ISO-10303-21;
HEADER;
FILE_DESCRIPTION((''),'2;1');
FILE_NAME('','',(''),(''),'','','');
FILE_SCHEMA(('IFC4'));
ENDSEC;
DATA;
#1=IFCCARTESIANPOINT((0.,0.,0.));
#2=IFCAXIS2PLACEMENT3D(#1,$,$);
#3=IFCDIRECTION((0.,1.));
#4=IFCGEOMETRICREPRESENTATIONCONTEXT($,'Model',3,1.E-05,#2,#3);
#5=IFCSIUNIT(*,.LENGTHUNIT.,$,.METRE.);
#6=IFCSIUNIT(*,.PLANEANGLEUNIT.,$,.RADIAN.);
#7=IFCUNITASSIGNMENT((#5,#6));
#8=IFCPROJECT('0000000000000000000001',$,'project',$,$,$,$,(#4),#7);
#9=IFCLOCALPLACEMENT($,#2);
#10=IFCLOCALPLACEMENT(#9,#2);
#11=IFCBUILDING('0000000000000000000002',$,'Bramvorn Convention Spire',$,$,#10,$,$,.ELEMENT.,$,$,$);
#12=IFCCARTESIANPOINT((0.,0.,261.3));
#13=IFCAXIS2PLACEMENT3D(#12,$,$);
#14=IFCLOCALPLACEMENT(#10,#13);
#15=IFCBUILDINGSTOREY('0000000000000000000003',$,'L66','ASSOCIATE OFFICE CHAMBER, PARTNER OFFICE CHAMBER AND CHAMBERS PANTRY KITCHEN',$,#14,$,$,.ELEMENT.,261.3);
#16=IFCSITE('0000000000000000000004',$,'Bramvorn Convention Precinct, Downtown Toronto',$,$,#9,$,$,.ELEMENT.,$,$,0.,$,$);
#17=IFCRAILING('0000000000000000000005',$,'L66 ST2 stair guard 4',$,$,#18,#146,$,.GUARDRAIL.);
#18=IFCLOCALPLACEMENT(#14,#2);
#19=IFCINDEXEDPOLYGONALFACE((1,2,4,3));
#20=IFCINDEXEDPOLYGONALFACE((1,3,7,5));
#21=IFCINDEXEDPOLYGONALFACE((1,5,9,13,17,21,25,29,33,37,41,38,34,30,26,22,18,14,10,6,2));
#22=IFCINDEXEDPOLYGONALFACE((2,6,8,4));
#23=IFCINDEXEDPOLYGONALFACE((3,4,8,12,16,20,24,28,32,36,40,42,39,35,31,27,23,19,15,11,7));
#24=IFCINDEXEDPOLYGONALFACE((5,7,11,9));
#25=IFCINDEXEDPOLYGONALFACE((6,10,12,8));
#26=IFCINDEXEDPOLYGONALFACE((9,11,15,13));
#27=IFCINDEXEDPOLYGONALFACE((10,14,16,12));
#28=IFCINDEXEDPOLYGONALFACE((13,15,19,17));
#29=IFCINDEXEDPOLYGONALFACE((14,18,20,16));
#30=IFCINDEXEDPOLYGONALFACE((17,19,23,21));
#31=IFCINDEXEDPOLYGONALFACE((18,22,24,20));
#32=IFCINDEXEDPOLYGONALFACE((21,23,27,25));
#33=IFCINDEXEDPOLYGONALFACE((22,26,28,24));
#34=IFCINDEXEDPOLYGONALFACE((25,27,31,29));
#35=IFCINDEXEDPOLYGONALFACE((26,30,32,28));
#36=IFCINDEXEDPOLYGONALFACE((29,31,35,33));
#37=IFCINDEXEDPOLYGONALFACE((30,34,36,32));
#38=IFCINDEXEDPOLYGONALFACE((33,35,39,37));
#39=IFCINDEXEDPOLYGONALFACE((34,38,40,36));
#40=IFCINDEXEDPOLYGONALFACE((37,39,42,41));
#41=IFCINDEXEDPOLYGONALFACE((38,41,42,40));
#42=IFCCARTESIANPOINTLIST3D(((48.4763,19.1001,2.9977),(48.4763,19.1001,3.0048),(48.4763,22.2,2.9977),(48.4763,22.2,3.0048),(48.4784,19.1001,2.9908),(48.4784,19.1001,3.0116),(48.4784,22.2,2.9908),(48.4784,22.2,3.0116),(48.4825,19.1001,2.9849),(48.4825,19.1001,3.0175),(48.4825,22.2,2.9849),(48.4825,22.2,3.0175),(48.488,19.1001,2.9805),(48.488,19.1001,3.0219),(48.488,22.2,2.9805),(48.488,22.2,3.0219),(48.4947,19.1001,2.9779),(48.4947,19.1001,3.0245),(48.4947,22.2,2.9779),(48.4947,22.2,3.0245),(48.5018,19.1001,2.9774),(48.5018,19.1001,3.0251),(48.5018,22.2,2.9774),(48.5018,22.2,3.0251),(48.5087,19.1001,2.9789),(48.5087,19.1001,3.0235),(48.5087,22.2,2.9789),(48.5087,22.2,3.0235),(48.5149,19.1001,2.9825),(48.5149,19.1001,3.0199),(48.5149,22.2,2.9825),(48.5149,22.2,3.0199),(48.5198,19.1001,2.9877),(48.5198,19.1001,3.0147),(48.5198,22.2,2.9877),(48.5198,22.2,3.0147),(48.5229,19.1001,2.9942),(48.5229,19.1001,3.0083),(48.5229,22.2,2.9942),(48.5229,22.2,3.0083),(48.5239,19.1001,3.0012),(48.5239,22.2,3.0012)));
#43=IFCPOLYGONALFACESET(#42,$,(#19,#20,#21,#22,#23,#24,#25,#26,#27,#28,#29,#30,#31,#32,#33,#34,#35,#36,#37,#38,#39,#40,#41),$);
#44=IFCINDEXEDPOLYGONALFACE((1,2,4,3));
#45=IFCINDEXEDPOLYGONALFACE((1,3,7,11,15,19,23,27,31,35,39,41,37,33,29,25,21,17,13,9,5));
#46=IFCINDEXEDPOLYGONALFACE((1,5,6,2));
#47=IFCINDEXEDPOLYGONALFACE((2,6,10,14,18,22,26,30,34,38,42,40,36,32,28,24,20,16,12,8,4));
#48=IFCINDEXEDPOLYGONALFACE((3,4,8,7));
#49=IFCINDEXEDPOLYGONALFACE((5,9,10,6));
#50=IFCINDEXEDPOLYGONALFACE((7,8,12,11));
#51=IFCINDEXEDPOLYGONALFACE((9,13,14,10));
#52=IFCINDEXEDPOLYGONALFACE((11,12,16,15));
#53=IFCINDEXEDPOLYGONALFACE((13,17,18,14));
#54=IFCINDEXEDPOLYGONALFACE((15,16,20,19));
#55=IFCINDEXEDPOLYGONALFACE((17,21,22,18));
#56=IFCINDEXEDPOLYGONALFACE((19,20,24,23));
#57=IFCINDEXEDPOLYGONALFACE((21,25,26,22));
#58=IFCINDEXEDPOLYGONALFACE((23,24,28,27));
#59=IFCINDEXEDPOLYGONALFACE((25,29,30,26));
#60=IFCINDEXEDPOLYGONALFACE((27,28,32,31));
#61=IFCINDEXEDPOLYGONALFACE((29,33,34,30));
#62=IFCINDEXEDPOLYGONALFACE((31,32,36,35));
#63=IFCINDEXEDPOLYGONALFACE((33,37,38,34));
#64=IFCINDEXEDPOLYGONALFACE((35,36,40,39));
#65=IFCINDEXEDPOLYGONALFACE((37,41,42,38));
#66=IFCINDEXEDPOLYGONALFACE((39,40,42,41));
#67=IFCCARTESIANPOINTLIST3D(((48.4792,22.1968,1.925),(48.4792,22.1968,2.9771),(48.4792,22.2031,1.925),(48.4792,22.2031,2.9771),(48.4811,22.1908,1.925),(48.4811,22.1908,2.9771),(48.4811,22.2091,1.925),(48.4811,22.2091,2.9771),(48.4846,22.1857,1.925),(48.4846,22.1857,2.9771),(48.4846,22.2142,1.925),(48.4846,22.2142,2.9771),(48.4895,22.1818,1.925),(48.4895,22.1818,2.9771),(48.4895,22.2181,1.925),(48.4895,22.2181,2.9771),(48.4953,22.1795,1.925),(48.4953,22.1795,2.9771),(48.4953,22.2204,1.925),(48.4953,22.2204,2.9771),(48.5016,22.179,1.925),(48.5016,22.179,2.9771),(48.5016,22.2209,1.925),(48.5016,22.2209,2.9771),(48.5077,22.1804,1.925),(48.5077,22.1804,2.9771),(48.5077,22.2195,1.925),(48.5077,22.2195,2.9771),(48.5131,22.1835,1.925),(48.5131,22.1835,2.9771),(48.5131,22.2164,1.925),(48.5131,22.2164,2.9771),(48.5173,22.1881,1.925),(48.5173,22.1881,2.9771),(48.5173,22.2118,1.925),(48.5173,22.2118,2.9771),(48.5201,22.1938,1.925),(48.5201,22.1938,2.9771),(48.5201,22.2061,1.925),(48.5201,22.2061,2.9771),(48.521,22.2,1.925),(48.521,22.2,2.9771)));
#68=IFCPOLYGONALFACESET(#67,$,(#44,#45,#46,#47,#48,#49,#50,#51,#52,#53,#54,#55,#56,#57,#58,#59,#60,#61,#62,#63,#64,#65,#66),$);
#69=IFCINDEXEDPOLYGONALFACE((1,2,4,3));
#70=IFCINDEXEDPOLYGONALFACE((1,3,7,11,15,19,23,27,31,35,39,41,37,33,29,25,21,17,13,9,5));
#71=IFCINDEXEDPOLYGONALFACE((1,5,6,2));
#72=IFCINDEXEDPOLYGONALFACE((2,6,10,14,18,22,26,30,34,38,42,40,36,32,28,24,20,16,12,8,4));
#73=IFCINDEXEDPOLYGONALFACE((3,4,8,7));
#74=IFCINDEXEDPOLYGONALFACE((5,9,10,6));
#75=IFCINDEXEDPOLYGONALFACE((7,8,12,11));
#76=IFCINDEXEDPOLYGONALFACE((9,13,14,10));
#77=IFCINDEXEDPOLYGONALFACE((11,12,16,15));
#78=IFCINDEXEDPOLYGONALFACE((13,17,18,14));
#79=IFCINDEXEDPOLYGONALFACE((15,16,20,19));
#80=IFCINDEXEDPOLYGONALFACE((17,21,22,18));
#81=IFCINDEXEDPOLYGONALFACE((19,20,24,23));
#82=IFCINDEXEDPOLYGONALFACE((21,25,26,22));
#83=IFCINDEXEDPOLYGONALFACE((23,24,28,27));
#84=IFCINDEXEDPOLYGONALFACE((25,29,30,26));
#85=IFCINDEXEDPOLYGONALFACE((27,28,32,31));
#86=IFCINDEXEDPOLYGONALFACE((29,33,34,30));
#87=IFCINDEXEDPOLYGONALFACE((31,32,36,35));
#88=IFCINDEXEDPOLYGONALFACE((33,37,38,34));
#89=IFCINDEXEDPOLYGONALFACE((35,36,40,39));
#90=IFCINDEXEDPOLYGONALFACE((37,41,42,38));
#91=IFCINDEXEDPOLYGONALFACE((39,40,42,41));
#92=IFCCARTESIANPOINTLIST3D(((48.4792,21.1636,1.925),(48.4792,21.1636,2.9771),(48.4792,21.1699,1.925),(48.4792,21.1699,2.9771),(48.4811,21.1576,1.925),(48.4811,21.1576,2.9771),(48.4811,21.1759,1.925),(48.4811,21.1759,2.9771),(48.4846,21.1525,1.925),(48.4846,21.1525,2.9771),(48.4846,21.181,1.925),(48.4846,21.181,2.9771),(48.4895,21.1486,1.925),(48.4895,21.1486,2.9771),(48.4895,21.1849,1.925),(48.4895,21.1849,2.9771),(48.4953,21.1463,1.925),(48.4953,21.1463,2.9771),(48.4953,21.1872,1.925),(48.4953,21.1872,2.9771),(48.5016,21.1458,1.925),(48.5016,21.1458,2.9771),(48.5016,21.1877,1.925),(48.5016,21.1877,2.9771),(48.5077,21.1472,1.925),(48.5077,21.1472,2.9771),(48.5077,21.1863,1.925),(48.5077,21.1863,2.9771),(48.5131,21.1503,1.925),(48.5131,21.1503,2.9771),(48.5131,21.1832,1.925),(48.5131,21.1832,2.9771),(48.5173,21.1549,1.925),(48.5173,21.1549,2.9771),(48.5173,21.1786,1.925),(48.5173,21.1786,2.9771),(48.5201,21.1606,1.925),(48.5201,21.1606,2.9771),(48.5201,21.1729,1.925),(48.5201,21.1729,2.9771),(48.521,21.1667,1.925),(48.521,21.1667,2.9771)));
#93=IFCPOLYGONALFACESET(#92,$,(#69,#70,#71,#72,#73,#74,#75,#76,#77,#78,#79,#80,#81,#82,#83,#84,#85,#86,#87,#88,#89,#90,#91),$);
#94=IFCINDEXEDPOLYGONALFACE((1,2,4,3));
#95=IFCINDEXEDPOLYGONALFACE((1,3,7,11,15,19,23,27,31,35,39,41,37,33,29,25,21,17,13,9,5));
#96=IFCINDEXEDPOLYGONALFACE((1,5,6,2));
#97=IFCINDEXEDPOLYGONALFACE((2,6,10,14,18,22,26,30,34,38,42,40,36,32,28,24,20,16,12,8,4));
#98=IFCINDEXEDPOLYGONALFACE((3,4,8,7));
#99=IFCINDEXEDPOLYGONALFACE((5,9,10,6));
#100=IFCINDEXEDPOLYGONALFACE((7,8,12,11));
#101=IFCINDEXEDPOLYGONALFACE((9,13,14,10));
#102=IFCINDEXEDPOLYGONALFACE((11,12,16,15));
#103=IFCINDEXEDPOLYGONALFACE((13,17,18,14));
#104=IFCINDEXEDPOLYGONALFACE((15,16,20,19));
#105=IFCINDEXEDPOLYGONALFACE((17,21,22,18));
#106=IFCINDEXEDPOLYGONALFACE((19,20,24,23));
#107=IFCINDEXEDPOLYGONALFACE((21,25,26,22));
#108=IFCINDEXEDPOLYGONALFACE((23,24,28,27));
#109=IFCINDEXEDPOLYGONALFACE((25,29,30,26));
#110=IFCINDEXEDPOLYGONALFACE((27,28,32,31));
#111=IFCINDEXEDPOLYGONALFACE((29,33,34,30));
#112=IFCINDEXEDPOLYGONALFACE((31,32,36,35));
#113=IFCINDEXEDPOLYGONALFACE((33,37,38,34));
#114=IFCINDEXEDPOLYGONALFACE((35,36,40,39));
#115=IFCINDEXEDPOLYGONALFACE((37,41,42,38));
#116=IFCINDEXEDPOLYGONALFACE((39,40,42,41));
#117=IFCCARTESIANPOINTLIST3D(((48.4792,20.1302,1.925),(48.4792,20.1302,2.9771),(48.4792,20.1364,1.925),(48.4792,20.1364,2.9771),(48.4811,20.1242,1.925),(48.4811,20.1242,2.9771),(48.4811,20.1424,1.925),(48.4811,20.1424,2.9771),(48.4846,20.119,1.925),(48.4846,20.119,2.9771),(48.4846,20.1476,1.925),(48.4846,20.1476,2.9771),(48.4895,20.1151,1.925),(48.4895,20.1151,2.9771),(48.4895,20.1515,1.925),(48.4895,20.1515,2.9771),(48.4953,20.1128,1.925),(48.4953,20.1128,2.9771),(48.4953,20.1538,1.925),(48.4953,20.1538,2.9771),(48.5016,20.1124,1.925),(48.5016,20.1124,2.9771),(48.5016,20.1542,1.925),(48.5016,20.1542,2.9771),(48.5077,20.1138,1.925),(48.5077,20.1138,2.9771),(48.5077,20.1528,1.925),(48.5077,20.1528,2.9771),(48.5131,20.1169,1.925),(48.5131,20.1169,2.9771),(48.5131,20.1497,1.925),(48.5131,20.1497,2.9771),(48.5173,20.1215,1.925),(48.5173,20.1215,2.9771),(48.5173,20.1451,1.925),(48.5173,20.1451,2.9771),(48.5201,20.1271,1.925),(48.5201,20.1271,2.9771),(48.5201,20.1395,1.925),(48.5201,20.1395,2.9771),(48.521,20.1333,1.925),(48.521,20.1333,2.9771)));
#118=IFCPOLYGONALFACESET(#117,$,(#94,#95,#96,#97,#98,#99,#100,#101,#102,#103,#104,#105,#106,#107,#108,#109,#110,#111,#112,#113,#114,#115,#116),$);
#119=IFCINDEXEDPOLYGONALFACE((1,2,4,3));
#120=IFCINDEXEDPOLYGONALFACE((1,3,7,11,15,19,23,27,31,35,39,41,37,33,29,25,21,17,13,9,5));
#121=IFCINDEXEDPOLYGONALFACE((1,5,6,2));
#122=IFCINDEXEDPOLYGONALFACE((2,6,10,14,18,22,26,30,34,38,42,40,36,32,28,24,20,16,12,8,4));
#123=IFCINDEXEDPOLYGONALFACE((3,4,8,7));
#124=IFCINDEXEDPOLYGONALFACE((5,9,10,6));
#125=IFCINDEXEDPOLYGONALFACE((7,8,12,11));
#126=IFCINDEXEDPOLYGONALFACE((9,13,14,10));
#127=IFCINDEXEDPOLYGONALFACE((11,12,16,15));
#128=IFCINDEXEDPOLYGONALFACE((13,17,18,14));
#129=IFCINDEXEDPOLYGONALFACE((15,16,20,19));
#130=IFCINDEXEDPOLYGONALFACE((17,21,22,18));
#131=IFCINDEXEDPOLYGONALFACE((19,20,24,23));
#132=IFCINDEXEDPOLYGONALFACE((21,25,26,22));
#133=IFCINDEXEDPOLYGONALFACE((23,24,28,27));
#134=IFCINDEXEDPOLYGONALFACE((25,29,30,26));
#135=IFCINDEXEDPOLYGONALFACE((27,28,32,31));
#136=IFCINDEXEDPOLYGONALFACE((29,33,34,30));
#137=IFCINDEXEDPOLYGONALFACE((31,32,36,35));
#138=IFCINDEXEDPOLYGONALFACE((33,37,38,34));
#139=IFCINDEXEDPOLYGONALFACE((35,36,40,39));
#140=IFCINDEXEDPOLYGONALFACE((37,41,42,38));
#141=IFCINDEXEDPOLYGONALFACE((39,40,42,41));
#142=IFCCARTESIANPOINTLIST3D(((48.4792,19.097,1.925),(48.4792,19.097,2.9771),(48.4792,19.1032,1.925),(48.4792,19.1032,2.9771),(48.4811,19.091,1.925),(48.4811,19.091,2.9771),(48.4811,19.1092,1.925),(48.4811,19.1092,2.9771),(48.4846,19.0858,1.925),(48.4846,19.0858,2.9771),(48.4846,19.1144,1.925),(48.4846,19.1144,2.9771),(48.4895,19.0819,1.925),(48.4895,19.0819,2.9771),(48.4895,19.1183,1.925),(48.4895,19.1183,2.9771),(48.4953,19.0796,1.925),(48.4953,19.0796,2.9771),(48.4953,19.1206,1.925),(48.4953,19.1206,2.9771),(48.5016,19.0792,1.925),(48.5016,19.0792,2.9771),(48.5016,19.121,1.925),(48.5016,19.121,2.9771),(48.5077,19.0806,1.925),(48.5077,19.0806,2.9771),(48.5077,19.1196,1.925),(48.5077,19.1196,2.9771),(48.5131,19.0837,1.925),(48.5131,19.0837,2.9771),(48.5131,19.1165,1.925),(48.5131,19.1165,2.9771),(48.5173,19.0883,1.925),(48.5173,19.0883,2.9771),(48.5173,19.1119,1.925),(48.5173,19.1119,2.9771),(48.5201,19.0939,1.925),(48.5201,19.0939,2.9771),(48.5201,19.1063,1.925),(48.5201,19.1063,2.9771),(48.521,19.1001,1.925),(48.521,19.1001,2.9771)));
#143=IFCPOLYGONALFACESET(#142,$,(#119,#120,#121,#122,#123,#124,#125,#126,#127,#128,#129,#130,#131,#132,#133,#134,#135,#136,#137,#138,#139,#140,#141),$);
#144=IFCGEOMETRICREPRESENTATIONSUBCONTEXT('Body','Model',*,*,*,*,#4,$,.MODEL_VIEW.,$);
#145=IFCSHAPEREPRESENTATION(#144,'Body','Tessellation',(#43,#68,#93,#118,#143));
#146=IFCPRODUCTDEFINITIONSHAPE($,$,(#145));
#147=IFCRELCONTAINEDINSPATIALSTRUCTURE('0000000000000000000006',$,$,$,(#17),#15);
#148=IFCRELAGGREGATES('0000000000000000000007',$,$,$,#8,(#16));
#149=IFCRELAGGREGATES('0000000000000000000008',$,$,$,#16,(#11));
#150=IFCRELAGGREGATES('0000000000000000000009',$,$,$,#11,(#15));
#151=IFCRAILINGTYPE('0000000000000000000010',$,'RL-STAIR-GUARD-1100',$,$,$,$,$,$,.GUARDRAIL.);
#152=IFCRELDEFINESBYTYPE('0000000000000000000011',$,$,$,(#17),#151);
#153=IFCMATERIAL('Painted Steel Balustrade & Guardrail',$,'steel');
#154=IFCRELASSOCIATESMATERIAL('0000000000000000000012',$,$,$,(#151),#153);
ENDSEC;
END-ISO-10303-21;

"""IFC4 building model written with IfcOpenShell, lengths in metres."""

from ifc_helpers import new_model, si_unit, direction, frame, origin, origin_2d, place, context, subcontext, project, spatial, circle, extrude, material, type_object, element, save


model = new_model("IFC4")

# Units and contexts
model_context = context("Model", 3, precision=1e-05, world=origin(), true_north=direction((0.0, 1.0)))
body_context = subcontext(model_context, "Body", "Model", "MODEL_VIEW")
ifc_project = project(units=[si_unit("LENGTHUNIT", "METRE"), si_unit("PLANEANGLEUNIT", "RADIAN")], contexts=[model_context])

# Site, building, storey
site_placement = place(None, origin())
site = spatial("IfcSite", under=ifc_project, at=site_placement, Name="Bramvorn Convention Precinct, Downtown Toronto", CompositionType="ELEMENT", RefElevation=0.0)
building_placement = place(site_placement, origin())
building = spatial("IfcBuilding", under=site, at=building_placement, Name="Bramvorn Convention Spire", CompositionType="ELEMENT")
storey_placement = place(building_placement, frame((0.0, 0.0, 261.3)))
storey = spatial("IfcBuildingStorey", under=building, at=storey_placement, Name="L66", Description="ASSOCIATE OFFICE CHAMBER, PARTNER OFFICE CHAMBER AND CHAMBERS PANTRY KITCHEN", CompositionType="ELEMENT", Elevation=261.3)

# Railing
ifc_material_1 = material(Name="Painted Steel Balustrade & Guardrail", Category="steel")
railing_type_1 = type_object("IfcRailingType", Name="RL-STAIR-GUARD-1100", PredefinedType="GUARDRAIL", material=ifc_material_1)
railing_1_placement = place(storey_placement, frame((48.5, 22.2, 1.925)))
element("IfcRailing", 1, at=railing_1_placement, inside=storey, type_object=railing_type_1, Name="L66 ST2 stair guard 4", PredefinedType="GUARDRAIL", context=body_context, shape_type="SweptSolid", body=[
    extrude(circle(Radius=0.0239, at=origin_2d()), frame((0.0, 0.0, 1.0762), z_axis=(0.0, -1.0, 0.0), x_axis=(1.0, 0.0, 0.0)), (0.0, 0.0, 1.0), 3.0999),
    extrude(circle(Radius=0.021, at=origin_2d()), origin(), (0.0, 0.0, 1.0), 1.052),
    extrude(circle(Radius=0.021, at=origin_2d()), frame((0.0, -1.0332, 0.0)), (0.0, 0.0, 1.0), 1.052),
    extrude(circle(Radius=0.021, at=origin_2d()), frame((0.0, -2.0667, 0.0)), (0.0, 0.0, 1.0), 1.052),
    extrude(circle(Radius=0.021, at=origin_2d()), frame((0.0, -3.0999, 0.0)), (0.0, 0.0, 1.0), 1.052),
])

save(model, "model.ifc")
